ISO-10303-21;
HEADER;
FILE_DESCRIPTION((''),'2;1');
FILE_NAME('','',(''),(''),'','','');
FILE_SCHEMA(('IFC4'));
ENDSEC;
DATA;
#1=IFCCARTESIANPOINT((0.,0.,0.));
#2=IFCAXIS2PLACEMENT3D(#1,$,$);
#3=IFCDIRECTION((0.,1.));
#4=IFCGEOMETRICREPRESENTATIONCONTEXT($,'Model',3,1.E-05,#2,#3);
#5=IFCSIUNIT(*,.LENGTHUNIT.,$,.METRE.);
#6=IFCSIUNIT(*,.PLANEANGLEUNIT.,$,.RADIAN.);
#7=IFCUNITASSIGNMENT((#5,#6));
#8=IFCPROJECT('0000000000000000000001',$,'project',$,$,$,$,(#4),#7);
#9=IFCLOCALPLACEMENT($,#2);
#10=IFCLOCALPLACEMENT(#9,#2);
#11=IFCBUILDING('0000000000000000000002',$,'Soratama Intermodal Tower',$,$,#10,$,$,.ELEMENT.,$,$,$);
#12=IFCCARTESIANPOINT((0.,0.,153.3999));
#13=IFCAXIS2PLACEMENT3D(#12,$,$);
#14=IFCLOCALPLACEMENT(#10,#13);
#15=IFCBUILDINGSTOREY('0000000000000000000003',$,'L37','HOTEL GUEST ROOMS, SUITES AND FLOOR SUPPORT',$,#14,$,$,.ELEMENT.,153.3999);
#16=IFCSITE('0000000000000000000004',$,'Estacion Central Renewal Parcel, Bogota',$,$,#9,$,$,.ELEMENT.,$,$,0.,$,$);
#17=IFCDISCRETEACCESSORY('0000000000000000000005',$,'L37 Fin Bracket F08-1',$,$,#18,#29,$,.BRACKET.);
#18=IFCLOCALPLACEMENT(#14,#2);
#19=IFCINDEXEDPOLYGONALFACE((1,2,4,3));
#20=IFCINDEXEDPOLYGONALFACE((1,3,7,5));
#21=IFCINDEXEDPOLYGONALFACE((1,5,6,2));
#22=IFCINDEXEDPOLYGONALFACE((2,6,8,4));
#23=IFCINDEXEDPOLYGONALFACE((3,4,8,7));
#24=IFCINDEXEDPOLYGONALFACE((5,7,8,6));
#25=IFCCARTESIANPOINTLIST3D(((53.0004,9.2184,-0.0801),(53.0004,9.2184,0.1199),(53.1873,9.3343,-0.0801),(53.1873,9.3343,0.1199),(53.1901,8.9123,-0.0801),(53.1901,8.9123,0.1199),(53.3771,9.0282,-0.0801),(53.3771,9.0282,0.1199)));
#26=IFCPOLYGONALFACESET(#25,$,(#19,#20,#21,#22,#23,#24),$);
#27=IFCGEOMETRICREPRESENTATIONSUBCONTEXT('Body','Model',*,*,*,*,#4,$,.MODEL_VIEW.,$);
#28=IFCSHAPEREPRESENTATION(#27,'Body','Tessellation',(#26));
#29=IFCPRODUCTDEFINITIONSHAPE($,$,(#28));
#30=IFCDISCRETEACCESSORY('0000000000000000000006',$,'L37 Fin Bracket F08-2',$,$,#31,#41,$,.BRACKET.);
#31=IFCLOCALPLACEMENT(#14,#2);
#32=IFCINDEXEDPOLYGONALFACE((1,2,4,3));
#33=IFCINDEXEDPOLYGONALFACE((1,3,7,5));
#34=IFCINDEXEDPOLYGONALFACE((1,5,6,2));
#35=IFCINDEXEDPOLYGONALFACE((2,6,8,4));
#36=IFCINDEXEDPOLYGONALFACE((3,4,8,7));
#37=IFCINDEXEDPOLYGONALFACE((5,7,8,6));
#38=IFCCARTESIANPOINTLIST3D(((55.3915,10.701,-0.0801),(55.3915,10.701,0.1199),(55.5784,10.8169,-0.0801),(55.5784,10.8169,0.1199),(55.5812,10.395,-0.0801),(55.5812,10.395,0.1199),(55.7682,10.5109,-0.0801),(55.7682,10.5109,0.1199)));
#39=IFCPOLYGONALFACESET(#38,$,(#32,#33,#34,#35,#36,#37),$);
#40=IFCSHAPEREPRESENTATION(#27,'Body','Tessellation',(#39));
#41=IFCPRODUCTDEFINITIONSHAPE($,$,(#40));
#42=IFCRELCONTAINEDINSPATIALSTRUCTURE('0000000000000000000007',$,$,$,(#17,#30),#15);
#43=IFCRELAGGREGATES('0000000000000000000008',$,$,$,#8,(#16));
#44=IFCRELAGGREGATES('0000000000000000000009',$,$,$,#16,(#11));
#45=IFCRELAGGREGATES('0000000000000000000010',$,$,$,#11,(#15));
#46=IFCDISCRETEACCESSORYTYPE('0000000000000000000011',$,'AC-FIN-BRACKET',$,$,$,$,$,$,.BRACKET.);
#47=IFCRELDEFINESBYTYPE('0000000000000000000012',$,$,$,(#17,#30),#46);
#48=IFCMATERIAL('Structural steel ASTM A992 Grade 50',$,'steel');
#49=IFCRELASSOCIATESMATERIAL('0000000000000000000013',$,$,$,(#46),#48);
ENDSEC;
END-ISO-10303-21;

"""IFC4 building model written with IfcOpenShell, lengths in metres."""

from ifc_helpers import new_model, si_unit, direction, frame, origin, origin_2d, place, context, subcontext, project, spatial, rectangle, extrude, material, type_object, element, save


model = new_model("IFC4")

# Units and contexts
model_context = context("Model", 3, precision=1e-05, world=origin(), true_north=direction((0.0, 1.0)))
body_context = subcontext(model_context, "Body", "Model", "MODEL_VIEW")
ifc_project = project(units=[si_unit("LENGTHUNIT", "METRE"), si_unit("PLANEANGLEUNIT", "RADIAN")], contexts=[model_context])

# Site, building, storey
site_placement = place(None, origin())
site = spatial("IfcSite", under=ifc_project, at=site_placement, Name="Estacion Central Renewal Parcel, Bogota", CompositionType="ELEMENT", RefElevation=0.0)
building_placement = place(site_placement, origin())
building = spatial("IfcBuilding", under=site, at=building_placement, Name="Soratama Intermodal Tower", CompositionType="ELEMENT")
storey_placement = place(building_placement, frame((0.0, 0.0, 153.3999)))
storey = spatial("IfcBuildingStorey", under=building, at=storey_placement, Name="L37", Description="HOTEL GUEST ROOMS, SUITES AND FLOOR SUPPORT", CompositionType="ELEMENT", Elevation=153.3999)

# Discrete accessories
ifc_material_1 = material(Name="Structural steel ASTM A992 Grade 50", Category="steel")
discrete_accessory_type = type_object("IfcDiscreteAccessoryType", Name="AC-FIN-BRACKET", PredefinedType="BRACKET", material=ifc_material_1)
for number, where, z_axis, x_axis, name in (
    (1, (53.1887, 9.1233, -0.0801), (0.0, 0.0, 1.0), (0.526956, -0.849893, 0.0), "L37 Fin Bracket F08-1"),
    (2, (55.5798, 10.606, -0.0801), (0.0, 0.0, 1.0), (0.526956, -0.849893, 0.0), "L37 Fin Bracket F08-2"),
):
    element("IfcDiscreteAccessory", number, at=place(storey_placement, frame(where, z_axis=z_axis, x_axis=x_axis)), inside=storey, type_object=discrete_accessory_type, Name=name, PredefinedType="BRACKET", context=body_context, shape_type="SweptSolid", body=[
        extrude(rectangle(XDim=0.3601, YDim=0.22, at=origin_2d()), origin(), (0.0, 0.0, 1.0), 0.2),
    ])

save(model, "model.ifc")
